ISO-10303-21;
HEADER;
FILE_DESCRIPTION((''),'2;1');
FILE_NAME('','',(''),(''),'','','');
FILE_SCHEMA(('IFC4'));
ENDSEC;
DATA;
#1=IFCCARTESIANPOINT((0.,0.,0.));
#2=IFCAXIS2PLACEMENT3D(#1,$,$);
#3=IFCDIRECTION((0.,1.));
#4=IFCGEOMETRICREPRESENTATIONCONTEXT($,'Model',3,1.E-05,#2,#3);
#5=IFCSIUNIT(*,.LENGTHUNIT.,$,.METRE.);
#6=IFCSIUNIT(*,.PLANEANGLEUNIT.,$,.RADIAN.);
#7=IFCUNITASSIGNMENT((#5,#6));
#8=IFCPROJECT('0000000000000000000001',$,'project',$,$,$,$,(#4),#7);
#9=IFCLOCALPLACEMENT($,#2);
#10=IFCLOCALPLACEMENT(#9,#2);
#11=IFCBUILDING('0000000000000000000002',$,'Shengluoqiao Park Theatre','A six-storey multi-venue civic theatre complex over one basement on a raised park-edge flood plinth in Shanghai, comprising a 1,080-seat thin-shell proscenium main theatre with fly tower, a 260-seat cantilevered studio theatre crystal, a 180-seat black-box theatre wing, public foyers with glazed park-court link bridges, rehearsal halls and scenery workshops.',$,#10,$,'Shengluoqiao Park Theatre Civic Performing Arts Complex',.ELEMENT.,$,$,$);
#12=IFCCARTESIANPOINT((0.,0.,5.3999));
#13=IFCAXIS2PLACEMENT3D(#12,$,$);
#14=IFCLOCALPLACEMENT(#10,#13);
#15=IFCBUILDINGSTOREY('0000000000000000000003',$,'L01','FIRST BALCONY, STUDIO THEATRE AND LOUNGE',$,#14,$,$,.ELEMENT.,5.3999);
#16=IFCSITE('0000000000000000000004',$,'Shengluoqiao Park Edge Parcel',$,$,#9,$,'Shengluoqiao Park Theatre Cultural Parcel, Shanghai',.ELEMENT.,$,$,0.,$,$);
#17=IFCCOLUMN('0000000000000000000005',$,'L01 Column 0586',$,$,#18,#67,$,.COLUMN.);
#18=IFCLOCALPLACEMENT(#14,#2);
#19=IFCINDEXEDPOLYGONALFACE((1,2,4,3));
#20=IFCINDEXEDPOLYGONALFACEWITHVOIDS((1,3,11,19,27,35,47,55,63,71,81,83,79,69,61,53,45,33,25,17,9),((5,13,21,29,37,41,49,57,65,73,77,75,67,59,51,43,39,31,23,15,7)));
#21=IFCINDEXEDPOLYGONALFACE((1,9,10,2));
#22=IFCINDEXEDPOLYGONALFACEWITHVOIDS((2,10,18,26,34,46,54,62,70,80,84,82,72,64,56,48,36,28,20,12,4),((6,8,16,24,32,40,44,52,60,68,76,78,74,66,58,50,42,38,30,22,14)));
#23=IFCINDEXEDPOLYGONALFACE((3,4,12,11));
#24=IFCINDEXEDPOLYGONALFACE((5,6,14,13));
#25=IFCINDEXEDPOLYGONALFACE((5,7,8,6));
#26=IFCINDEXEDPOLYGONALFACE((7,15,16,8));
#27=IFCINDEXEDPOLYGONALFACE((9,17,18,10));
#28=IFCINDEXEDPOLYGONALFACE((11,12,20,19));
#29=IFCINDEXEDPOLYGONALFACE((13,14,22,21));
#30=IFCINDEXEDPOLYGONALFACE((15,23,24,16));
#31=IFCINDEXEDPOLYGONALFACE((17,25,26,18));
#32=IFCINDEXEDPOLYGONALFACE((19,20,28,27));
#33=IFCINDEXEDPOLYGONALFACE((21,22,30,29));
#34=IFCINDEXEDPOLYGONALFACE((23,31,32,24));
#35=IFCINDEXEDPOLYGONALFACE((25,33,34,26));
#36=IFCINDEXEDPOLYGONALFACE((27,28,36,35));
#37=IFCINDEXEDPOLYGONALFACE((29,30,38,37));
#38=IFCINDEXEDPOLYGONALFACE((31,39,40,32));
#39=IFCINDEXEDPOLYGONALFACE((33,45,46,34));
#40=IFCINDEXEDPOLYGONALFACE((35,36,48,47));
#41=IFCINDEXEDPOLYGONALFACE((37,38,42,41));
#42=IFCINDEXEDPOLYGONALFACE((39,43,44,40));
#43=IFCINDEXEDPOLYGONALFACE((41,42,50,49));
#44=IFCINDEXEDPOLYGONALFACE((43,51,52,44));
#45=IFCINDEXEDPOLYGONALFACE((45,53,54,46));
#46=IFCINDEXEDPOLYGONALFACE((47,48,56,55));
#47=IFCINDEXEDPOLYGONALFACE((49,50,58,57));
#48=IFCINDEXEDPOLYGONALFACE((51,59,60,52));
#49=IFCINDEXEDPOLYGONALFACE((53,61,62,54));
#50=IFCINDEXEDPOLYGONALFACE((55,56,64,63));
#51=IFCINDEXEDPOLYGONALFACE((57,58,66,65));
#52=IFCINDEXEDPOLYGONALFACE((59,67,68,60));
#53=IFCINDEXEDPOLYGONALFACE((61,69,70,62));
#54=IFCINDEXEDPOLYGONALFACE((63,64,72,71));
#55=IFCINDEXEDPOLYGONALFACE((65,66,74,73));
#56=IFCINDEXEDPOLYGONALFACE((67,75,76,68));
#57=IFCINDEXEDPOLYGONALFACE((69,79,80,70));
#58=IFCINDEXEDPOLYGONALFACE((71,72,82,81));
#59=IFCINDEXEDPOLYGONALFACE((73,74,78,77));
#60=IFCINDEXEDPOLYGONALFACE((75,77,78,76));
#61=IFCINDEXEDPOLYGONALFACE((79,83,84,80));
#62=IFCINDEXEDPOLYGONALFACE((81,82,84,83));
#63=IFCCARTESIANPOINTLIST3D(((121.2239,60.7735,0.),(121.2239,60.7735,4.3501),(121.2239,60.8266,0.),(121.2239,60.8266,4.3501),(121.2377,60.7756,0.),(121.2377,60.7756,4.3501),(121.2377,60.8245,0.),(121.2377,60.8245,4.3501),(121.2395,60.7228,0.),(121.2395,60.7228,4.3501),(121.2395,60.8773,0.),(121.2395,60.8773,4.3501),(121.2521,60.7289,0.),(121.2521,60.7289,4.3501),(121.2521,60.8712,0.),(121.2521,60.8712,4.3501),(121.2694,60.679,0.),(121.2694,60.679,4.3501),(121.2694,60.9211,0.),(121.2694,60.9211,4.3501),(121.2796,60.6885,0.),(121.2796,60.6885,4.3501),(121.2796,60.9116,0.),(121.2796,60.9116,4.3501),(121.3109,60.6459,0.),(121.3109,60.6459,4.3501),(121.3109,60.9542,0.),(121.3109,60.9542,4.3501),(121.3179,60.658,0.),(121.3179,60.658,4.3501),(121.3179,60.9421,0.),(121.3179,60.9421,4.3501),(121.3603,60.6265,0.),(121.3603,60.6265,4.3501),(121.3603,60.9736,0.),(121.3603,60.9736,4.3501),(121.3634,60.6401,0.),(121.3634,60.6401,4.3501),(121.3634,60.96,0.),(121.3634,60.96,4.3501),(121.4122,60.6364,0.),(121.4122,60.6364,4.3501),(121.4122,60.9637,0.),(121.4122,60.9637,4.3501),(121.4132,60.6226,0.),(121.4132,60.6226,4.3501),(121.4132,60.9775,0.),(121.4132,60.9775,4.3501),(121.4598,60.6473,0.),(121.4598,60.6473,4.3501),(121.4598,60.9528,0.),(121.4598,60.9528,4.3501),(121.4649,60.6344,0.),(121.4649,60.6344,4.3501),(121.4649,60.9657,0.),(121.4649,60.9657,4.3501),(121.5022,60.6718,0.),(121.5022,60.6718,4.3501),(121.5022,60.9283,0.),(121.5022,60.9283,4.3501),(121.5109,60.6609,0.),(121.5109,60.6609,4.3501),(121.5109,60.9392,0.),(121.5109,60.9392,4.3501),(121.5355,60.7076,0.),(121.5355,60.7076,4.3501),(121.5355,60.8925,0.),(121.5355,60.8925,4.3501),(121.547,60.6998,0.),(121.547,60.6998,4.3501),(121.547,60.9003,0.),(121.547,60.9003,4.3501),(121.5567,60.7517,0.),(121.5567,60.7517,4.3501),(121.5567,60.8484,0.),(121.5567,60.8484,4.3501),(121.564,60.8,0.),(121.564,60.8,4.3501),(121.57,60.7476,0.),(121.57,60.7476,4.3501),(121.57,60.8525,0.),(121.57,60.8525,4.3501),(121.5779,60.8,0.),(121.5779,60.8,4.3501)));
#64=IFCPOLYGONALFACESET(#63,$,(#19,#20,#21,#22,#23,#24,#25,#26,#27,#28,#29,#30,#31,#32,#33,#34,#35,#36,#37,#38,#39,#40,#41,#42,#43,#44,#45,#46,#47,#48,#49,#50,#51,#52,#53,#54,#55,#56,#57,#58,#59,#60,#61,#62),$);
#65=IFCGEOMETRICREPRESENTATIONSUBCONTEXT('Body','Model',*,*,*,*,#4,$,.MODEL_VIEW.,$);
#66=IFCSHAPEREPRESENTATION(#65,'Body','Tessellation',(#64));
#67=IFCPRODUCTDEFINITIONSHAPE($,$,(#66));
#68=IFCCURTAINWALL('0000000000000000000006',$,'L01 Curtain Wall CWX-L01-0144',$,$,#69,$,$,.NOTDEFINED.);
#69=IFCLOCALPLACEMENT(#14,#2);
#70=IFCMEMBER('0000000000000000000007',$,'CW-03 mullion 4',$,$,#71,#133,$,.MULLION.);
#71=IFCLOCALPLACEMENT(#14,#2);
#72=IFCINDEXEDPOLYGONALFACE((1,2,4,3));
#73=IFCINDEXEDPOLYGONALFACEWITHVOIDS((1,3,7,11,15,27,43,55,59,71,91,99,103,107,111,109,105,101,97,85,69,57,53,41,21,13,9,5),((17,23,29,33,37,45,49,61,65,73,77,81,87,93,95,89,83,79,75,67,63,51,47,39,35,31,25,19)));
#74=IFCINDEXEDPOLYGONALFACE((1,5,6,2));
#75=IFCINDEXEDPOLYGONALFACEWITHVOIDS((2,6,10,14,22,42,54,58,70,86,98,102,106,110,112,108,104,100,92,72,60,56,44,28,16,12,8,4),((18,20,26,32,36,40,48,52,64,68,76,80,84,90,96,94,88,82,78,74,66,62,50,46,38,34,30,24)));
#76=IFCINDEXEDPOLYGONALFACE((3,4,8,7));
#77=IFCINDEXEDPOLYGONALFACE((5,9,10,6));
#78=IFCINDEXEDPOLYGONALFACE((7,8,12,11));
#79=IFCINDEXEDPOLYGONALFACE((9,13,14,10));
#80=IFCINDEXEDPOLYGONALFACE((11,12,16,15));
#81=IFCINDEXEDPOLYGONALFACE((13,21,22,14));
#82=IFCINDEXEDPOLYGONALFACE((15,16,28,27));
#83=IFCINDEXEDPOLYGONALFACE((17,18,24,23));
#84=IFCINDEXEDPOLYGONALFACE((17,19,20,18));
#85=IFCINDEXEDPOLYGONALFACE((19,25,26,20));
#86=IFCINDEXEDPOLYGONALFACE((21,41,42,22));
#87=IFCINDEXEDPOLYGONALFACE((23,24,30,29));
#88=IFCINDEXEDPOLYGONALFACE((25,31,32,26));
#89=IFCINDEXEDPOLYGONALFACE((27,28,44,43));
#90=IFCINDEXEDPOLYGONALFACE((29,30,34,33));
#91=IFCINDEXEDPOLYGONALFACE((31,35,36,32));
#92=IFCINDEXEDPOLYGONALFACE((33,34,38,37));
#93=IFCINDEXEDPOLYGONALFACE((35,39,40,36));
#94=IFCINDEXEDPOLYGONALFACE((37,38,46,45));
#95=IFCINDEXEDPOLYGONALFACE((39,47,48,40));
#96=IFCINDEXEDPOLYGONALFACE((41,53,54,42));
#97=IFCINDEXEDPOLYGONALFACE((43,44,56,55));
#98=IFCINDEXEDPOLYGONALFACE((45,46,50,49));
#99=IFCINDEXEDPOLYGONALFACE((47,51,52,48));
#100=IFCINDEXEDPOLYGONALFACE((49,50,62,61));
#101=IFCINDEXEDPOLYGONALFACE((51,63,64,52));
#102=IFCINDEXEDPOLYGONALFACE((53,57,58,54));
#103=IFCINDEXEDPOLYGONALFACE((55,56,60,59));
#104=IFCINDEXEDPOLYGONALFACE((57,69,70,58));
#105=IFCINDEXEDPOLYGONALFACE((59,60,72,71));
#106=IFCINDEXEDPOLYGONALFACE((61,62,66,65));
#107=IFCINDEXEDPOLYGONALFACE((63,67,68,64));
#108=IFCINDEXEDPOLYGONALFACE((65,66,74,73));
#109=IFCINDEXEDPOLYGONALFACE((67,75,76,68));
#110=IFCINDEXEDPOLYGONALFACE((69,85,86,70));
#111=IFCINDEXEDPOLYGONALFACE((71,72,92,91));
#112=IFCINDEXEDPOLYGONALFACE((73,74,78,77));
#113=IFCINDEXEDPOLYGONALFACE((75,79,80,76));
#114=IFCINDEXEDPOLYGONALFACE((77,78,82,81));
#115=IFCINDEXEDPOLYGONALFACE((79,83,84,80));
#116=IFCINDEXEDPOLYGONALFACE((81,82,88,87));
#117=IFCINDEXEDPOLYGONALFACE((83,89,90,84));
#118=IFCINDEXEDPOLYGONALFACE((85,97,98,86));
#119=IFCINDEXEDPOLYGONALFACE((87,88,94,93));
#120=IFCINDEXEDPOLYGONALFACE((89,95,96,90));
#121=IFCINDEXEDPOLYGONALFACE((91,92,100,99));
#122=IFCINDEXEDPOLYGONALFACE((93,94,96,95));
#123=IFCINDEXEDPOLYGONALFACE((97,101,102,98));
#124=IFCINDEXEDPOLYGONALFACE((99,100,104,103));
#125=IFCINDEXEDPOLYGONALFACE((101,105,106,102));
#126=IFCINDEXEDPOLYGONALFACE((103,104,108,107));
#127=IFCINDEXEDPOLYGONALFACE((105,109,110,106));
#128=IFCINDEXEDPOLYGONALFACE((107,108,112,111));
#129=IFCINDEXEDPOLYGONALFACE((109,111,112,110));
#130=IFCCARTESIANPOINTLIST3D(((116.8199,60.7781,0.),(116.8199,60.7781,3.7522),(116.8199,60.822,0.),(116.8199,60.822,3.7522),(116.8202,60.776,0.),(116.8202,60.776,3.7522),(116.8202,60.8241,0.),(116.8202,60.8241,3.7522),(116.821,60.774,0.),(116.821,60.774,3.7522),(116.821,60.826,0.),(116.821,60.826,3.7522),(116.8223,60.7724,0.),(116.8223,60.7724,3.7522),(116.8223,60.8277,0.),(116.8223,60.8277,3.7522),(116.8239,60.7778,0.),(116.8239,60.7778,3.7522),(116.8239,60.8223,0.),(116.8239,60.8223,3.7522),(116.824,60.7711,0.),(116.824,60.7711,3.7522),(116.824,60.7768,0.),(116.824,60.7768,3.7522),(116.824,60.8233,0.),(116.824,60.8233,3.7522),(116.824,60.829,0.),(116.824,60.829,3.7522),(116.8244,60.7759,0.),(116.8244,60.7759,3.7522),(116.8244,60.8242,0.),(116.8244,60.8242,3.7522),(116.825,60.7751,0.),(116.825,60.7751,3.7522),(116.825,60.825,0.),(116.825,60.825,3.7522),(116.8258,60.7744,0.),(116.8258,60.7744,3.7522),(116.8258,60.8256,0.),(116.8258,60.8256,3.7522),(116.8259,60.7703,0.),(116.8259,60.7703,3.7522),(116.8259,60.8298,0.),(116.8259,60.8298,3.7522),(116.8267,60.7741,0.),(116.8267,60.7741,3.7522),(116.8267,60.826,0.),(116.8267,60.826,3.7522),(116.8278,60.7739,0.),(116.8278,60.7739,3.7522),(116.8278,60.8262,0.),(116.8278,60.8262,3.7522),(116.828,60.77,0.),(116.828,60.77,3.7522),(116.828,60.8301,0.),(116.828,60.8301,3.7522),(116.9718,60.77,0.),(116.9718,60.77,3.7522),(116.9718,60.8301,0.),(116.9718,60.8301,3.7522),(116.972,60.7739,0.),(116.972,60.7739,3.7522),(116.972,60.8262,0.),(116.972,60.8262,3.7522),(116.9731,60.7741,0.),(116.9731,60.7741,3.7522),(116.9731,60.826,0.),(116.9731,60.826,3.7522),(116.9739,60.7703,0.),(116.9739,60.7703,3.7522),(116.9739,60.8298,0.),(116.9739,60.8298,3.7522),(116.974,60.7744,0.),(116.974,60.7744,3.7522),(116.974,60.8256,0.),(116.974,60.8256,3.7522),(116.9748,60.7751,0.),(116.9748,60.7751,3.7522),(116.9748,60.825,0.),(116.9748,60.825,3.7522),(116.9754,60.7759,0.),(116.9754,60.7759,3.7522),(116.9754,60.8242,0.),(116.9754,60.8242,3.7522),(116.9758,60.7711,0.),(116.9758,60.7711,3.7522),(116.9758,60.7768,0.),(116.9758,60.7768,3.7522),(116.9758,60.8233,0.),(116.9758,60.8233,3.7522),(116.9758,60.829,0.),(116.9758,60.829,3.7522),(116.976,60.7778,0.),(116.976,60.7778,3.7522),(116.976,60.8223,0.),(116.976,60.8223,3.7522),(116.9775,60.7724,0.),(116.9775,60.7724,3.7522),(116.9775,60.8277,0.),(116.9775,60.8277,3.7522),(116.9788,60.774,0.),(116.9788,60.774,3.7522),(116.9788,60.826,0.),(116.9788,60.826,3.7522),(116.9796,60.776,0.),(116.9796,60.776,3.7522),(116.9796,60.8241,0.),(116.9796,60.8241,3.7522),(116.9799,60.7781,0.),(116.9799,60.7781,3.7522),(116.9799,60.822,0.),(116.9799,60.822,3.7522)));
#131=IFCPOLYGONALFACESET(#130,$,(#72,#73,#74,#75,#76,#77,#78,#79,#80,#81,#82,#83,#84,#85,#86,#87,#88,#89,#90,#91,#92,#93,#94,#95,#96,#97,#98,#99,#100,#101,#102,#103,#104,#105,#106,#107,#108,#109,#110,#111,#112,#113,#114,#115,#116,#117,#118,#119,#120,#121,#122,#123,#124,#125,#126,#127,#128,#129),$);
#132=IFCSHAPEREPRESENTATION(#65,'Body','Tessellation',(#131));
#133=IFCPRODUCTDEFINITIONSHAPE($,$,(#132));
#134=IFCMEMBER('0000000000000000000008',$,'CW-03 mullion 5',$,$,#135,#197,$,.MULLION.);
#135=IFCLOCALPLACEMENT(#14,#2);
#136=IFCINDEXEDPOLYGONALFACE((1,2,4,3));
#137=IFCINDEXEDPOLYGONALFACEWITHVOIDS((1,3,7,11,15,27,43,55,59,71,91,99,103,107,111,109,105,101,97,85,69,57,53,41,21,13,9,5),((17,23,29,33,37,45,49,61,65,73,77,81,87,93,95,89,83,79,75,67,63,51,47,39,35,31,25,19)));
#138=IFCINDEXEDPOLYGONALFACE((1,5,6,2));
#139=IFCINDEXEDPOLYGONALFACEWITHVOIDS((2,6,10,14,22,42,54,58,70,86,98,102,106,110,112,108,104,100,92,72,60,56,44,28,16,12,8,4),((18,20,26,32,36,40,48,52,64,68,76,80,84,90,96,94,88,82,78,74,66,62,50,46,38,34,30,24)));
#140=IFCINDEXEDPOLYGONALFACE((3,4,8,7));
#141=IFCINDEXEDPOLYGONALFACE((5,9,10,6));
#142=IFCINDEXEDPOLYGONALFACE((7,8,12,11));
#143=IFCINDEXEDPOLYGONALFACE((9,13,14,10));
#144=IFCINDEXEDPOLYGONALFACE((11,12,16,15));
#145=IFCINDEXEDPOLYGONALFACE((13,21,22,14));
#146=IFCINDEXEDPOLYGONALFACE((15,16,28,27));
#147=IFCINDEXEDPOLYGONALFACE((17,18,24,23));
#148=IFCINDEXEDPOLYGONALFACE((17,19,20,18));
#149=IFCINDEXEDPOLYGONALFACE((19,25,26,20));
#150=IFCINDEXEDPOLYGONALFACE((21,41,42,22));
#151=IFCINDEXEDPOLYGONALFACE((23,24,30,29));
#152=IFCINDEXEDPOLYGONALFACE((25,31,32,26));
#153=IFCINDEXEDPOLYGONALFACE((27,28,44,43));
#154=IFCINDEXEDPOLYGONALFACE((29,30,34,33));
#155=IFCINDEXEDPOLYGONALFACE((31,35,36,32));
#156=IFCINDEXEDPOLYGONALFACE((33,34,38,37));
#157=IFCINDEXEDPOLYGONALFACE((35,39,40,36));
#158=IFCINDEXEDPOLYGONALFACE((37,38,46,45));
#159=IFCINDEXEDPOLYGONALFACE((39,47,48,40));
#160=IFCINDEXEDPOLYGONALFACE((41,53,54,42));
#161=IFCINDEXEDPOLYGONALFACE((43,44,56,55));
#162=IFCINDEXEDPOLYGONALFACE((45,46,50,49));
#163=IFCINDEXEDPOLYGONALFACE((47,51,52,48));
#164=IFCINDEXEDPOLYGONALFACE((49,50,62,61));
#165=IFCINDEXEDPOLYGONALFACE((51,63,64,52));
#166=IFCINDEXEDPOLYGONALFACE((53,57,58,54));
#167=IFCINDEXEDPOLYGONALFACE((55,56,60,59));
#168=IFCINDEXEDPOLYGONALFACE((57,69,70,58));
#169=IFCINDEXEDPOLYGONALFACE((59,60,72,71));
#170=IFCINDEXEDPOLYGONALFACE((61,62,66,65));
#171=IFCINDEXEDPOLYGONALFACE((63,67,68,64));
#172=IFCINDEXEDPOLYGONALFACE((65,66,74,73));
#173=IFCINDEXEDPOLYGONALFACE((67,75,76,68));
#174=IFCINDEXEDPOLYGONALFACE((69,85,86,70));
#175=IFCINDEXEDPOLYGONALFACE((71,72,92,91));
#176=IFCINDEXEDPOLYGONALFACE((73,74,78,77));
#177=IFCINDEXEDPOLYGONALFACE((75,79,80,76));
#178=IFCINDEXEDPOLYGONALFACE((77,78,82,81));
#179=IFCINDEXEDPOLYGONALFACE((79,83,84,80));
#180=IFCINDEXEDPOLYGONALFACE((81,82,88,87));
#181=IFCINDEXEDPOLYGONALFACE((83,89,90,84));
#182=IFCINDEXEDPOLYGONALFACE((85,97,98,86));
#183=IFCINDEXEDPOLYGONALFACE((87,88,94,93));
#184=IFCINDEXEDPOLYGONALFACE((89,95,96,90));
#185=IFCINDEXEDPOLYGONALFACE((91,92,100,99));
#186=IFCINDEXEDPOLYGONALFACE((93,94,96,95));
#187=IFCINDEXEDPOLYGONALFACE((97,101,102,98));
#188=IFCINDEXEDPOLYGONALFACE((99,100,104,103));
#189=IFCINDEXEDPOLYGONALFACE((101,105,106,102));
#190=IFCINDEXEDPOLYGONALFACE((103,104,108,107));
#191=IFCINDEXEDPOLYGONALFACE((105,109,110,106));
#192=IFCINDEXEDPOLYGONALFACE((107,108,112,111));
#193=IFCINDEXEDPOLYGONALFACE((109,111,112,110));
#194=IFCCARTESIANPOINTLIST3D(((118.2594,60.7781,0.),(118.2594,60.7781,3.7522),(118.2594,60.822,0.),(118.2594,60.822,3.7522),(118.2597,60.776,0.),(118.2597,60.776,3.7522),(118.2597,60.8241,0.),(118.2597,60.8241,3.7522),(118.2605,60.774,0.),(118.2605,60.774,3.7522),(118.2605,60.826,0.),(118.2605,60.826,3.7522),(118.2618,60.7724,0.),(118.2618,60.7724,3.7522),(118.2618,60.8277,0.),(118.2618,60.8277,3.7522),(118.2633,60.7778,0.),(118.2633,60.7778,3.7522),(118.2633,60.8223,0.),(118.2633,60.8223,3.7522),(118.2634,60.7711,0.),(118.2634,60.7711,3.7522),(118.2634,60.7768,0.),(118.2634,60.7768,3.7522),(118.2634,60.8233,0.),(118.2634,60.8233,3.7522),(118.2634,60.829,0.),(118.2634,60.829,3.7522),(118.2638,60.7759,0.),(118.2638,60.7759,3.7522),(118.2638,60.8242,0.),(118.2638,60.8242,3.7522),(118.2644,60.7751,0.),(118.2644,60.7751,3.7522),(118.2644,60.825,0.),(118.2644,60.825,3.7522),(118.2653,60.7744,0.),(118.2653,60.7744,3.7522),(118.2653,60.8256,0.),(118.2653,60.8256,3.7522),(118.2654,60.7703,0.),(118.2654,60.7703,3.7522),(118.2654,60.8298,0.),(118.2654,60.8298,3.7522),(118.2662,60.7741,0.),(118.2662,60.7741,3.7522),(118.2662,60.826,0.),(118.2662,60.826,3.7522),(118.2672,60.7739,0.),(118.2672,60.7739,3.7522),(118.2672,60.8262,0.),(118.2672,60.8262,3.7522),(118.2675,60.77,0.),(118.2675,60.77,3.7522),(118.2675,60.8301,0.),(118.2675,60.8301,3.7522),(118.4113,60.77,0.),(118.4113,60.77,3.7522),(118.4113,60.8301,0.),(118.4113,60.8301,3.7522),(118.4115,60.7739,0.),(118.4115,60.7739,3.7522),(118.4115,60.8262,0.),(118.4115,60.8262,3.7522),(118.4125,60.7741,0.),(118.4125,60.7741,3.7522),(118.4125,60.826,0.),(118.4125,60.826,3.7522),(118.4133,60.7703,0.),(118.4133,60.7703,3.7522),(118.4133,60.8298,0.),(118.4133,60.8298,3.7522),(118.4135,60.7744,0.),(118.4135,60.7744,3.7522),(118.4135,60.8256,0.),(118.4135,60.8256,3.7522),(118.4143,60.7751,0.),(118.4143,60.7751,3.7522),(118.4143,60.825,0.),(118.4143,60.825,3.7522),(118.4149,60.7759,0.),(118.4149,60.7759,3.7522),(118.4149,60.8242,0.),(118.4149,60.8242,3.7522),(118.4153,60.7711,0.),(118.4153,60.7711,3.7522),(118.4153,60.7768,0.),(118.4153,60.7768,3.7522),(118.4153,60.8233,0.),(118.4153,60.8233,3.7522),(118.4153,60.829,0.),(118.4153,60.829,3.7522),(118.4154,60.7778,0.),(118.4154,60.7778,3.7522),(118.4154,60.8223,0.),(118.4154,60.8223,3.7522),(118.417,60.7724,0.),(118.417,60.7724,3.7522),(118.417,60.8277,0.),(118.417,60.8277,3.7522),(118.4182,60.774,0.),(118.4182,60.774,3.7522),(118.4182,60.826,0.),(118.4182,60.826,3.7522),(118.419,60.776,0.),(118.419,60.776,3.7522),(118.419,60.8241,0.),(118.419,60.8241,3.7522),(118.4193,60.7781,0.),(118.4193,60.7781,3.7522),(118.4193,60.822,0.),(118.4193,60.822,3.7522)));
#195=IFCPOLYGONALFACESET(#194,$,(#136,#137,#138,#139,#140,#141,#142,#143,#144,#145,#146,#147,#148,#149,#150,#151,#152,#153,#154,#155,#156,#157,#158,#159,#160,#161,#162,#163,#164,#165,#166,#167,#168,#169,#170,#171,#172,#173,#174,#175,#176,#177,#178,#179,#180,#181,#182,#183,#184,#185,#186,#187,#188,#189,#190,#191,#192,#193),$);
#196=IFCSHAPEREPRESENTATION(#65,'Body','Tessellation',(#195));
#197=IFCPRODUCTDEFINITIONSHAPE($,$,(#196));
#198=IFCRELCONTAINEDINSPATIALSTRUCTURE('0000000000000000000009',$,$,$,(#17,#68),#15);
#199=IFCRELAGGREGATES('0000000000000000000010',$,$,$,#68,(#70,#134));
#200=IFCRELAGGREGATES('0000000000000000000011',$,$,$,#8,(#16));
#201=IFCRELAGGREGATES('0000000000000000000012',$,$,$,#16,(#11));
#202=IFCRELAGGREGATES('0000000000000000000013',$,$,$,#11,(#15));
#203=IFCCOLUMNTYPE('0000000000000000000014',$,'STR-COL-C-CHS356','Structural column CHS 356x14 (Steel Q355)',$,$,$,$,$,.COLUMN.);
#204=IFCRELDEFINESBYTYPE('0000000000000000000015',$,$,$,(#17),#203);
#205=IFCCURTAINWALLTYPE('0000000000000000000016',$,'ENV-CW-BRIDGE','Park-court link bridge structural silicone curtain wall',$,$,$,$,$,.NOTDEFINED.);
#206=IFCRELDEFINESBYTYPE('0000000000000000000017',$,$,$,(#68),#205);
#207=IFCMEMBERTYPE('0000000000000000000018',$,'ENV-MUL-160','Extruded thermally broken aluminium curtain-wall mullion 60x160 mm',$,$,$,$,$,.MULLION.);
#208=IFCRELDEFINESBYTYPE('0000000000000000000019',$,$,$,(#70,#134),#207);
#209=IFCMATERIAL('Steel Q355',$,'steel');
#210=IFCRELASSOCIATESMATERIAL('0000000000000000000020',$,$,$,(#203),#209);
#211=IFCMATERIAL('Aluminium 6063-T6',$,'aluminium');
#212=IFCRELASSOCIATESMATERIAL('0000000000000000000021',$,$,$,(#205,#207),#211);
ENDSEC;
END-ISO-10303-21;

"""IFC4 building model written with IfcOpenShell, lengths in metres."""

from ifc_helpers import new_model, si_unit, direction, frame, origin, origin_2d, place, context, subcontext, project, spatial, hollow_rectangle, hollow_circle, extrude, material, material_profile, profile_set, type_object, element, aggregate, save


model = new_model("IFC4")

# Units and contexts
model_context = context("Model", 3, precision=1e-05, world=origin(), true_north=direction((0.0, 1.0)))
body_context = subcontext(model_context, "Body", "Model", "MODEL_VIEW")
ifc_project = project(units=[si_unit("LENGTHUNIT", "METRE"), si_unit("PLANEANGLEUNIT", "RADIAN")], contexts=[model_context])

# Site, building, storey
site_placement = place(None, origin())
site = spatial("IfcSite", under=ifc_project, at=site_placement, Name="Shengluoqiao Park Edge Parcel", LongName="Shengluoqiao Park Theatre Cultural Parcel, Shanghai", CompositionType="ELEMENT", RefElevation=0.0)
building_placement = place(site_placement, origin())
building = spatial("IfcBuilding", under=site, at=building_placement, Name="Shengluoqiao Park Theatre", Description="A six-storey multi-venue civic theatre complex over one basement on a raised park-edge flood plinth in Shanghai, comprising a 1,080-seat thin-shell proscenium main theatre with fly tower, a 260-seat cantilevered studio theatre crystal, a 180-seat black-box theatre wing, public foyers with glazed park-court link bridges, rehearsal halls and scenery workshops.", LongName="Shengluoqiao Park Theatre Civic Performing Arts Complex", CompositionType="ELEMENT")
storey_placement = place(building_placement, frame((0.0, 0.0, 5.3999)))
storey = spatial("IfcBuildingStorey", under=building, at=storey_placement, Name="L01", Description="FIRST BALCONY, STUDIO THEATRE AND LOUNGE", CompositionType="ELEMENT", Elevation=5.3999)

# Column
ifc_material_1 = material(Name="Steel Q355", Category="steel")
ifc_material_profile_1 = material_profile(ifc_material_1, hollow_circle(Radius=0.178, WallThickness=0.0139, at=origin_2d()), Name="CHS 356x14")
ifc_profile_set_1 = profile_set([ifc_material_profile_1], Name="Steel Q355")
column_type = type_object("IfcColumnType", Name="STR-COL-C-CHS356", Description="Structural column CHS 356x14 (Steel Q355)", PredefinedType="COLUMN", material=ifc_profile_set_1)
column_placement = place(storey_placement, frame((121.3999, 60.8, 0.0), z_axis=(0.0, 0.0, 1.0), x_axis=(1.0, 0.0, 0.0)))
element("IfcColumn", 1, at=column_placement, inside=storey, type_object=column_type, Name="L01 Column 0586", PredefinedType="COLUMN", context=body_context, shape_type="SweptSolid", body=[
    extrude(hollow_circle(Radius=0.178, WallThickness=0.0139, at=origin_2d()), origin(), (0.0, 0.0, 1.0), 4.3501),
])

# Curtain wall, members
ifc_material_2 = material(Name="Aluminium 6063-T6", Category="aluminium")
curtain_wall_type = type_object("IfcCurtainWallType", Name="ENV-CW-BRIDGE", Description="Park-court link bridge structural silicone curtain wall", PredefinedType="NOTDEFINED", material=ifc_material_2)
curtain_wall_1_placement = place(storey_placement, origin())
curtain_wall_1 = element("IfcCurtainWall", 2, at=curtain_wall_1_placement, inside=storey, type_object=curtain_wall_type, Name="L01 Curtain Wall CWX-L01-0144", PredefinedType="NOTDEFINED")
ifc_material_profile_2 = material_profile(ifc_material_2, hollow_rectangle(XDim=0.0601, YDim=0.1599, WallThickness=0.0039, InnerFilletRadius=0.0039, OuterFilletRadius=0.0081, at=origin_2d()), Name="ALU MULLION 160x60x4")
ifc_profile_set_2 = profile_set([ifc_material_profile_2], Name="Aluminium 6063-T6")
member_type_1 = type_object("IfcMemberType", Name="ENV-MUL-160", Description="Extruded thermally broken aluminium curtain-wall mullion 60x160 mm", PredefinedType="MULLION", material=ifc_profile_set_2)
member_1_placement = place(storey_placement, frame((116.8999, 60.8, 0.0), z_axis=(0.0, 0.0, 1.0), x_axis=(0.0, 1.0, 0.0)))
member_1 = element("IfcMember", 3, at=member_1_placement, type_object=member_type_1, Name="CW-03 mullion 4", PredefinedType="MULLION", context=body_context, shape_type="SweptSolid", body=[
    extrude(hollow_rectangle(XDim=0.0601, YDim=0.1599, WallThickness=0.0039, InnerFilletRadius=0.0039, OuterFilletRadius=0.0081, at=origin_2d()), origin(), (0.0, 0.0, 1.0), 3.7522),
])
member_2_placement = place(storey_placement, frame((118.3394, 60.8, 0.0), z_axis=(0.0, 0.0, 1.0), x_axis=(0.0, 1.0, 0.0)))
member_2 = element("IfcMember", 4, at=member_2_placement, type_object=member_type_1, Name="CW-03 mullion 5", PredefinedType="MULLION", context=body_context, shape_type="SweptSolid", body=[
    extrude(hollow_rectangle(XDim=0.0601, YDim=0.1599, WallThickness=0.0039, InnerFilletRadius=0.0039, OuterFilletRadius=0.0081, at=origin_2d()), origin(), (0.0, 0.0, 1.0), 3.7522),
])

aggregate(curtain_wall_1, [member_1, member_2])

save(model, "model.ifc")
